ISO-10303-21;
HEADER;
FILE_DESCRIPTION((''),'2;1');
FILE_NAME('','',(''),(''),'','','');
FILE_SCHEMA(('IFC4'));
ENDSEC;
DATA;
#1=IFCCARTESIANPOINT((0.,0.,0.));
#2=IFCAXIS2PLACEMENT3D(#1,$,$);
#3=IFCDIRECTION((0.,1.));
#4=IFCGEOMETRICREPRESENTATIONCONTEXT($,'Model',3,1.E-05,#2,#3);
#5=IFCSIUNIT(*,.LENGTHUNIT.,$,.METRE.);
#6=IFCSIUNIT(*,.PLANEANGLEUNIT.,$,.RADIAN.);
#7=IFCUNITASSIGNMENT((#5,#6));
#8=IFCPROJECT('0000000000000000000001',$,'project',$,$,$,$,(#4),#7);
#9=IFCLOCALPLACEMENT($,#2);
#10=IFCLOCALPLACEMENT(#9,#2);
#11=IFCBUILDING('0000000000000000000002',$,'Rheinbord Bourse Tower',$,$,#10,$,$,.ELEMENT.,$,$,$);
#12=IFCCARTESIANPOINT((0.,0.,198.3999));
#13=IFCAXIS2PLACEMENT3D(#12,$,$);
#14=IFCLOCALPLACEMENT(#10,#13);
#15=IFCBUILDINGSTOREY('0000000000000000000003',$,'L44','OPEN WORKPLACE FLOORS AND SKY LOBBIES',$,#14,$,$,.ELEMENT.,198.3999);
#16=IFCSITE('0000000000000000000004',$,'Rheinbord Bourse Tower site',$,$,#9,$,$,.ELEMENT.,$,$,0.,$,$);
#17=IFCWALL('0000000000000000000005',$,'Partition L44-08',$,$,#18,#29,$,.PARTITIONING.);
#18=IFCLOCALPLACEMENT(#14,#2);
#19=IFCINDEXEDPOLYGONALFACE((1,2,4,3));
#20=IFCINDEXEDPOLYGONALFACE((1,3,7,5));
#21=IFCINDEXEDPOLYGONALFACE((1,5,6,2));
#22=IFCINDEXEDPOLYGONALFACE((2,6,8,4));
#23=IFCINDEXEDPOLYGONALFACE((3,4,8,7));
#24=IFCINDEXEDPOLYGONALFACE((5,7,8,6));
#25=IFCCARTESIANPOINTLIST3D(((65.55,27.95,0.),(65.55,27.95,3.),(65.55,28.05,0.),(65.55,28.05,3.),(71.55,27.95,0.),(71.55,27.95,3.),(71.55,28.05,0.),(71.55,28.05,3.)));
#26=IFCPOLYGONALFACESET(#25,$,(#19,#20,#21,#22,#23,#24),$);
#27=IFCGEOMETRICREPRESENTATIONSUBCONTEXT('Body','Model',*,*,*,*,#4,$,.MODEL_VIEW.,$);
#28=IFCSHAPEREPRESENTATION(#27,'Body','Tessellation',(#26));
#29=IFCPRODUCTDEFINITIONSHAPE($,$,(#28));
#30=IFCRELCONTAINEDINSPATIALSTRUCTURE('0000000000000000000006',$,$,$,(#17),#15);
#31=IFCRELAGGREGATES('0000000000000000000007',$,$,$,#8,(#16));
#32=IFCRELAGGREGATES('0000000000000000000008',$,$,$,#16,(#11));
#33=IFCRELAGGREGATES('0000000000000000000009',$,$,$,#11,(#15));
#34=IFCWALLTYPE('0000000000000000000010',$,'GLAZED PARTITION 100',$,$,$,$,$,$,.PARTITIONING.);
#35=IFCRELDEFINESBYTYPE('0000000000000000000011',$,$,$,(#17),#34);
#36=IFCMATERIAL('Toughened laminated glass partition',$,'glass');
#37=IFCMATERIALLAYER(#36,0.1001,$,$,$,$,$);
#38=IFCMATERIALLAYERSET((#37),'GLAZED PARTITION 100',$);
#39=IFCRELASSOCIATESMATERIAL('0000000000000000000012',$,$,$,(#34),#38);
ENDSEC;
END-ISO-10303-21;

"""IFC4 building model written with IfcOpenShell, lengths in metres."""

from ifc_helpers import new_model, si_unit, direction, frame, frame_2d, origin, place, context, subcontext, project, spatial, rectangle, extrude, material, layer, layer_set, type_object, element, save


model = new_model("IFC4")

# Units and contexts
model_context = context("Model", 3, precision=1e-05, world=origin(), true_north=direction((0.0, 1.0)))
body_context = subcontext(model_context, "Body", "Model", "MODEL_VIEW")
ifc_project = project(units=[si_unit("LENGTHUNIT", "METRE"), si_unit("PLANEANGLEUNIT", "RADIAN")], contexts=[model_context])

# Site, building, storey
site_placement = place(None, origin())
site = spatial("IfcSite", under=ifc_project, at=site_placement, Name="Rheinbord Bourse Tower site", CompositionType="ELEMENT", RefElevation=0.0)
building_placement = place(site_placement, origin())
building = spatial("IfcBuilding", under=site, at=building_placement, Name="Rheinbord Bourse Tower", CompositionType="ELEMENT")
storey_placement = place(building_placement, frame((0.0, 0.0, 198.3999)))
storey = spatial("IfcBuildingStorey", under=building, at=storey_placement, Name="L44", Description="OPEN WORKPLACE FLOORS AND SKY LOBBIES", CompositionType="ELEMENT", Elevation=198.3999)

# Wall
ifc_material_1 = material(Name="Toughened laminated glass partition", Category="glass")
ifc_layer_1 = layer(ifc_material_1, 0.1001)
ifc_layer_set_1 = layer_set([ifc_layer_1], Name="GLAZED PARTITION 100")
wall_type_1 = type_object("IfcWallType", Name="GLAZED PARTITION 100", PredefinedType="PARTITIONING", material=ifc_layer_set_1)
wall_1_placement = place(storey_placement, frame((65.55, 28.0, 0.0), z_axis=(0.0, 0.0, 1.0), x_axis=(1.0, 0.0, 0.0)))
element("IfcWall", 1, at=wall_1_placement, inside=storey, type_object=wall_type_1, Name="Partition L44-08", PredefinedType="PARTITIONING", context=body_context, shape_type="SweptSolid", body=[
    extrude(rectangle(XDim=6.0, YDim=0.1001, at=frame_2d((3.0, 0.0))), origin(), (0.0, 0.0, 1.0), 3.0),
])

save(model, "model.ifc")
